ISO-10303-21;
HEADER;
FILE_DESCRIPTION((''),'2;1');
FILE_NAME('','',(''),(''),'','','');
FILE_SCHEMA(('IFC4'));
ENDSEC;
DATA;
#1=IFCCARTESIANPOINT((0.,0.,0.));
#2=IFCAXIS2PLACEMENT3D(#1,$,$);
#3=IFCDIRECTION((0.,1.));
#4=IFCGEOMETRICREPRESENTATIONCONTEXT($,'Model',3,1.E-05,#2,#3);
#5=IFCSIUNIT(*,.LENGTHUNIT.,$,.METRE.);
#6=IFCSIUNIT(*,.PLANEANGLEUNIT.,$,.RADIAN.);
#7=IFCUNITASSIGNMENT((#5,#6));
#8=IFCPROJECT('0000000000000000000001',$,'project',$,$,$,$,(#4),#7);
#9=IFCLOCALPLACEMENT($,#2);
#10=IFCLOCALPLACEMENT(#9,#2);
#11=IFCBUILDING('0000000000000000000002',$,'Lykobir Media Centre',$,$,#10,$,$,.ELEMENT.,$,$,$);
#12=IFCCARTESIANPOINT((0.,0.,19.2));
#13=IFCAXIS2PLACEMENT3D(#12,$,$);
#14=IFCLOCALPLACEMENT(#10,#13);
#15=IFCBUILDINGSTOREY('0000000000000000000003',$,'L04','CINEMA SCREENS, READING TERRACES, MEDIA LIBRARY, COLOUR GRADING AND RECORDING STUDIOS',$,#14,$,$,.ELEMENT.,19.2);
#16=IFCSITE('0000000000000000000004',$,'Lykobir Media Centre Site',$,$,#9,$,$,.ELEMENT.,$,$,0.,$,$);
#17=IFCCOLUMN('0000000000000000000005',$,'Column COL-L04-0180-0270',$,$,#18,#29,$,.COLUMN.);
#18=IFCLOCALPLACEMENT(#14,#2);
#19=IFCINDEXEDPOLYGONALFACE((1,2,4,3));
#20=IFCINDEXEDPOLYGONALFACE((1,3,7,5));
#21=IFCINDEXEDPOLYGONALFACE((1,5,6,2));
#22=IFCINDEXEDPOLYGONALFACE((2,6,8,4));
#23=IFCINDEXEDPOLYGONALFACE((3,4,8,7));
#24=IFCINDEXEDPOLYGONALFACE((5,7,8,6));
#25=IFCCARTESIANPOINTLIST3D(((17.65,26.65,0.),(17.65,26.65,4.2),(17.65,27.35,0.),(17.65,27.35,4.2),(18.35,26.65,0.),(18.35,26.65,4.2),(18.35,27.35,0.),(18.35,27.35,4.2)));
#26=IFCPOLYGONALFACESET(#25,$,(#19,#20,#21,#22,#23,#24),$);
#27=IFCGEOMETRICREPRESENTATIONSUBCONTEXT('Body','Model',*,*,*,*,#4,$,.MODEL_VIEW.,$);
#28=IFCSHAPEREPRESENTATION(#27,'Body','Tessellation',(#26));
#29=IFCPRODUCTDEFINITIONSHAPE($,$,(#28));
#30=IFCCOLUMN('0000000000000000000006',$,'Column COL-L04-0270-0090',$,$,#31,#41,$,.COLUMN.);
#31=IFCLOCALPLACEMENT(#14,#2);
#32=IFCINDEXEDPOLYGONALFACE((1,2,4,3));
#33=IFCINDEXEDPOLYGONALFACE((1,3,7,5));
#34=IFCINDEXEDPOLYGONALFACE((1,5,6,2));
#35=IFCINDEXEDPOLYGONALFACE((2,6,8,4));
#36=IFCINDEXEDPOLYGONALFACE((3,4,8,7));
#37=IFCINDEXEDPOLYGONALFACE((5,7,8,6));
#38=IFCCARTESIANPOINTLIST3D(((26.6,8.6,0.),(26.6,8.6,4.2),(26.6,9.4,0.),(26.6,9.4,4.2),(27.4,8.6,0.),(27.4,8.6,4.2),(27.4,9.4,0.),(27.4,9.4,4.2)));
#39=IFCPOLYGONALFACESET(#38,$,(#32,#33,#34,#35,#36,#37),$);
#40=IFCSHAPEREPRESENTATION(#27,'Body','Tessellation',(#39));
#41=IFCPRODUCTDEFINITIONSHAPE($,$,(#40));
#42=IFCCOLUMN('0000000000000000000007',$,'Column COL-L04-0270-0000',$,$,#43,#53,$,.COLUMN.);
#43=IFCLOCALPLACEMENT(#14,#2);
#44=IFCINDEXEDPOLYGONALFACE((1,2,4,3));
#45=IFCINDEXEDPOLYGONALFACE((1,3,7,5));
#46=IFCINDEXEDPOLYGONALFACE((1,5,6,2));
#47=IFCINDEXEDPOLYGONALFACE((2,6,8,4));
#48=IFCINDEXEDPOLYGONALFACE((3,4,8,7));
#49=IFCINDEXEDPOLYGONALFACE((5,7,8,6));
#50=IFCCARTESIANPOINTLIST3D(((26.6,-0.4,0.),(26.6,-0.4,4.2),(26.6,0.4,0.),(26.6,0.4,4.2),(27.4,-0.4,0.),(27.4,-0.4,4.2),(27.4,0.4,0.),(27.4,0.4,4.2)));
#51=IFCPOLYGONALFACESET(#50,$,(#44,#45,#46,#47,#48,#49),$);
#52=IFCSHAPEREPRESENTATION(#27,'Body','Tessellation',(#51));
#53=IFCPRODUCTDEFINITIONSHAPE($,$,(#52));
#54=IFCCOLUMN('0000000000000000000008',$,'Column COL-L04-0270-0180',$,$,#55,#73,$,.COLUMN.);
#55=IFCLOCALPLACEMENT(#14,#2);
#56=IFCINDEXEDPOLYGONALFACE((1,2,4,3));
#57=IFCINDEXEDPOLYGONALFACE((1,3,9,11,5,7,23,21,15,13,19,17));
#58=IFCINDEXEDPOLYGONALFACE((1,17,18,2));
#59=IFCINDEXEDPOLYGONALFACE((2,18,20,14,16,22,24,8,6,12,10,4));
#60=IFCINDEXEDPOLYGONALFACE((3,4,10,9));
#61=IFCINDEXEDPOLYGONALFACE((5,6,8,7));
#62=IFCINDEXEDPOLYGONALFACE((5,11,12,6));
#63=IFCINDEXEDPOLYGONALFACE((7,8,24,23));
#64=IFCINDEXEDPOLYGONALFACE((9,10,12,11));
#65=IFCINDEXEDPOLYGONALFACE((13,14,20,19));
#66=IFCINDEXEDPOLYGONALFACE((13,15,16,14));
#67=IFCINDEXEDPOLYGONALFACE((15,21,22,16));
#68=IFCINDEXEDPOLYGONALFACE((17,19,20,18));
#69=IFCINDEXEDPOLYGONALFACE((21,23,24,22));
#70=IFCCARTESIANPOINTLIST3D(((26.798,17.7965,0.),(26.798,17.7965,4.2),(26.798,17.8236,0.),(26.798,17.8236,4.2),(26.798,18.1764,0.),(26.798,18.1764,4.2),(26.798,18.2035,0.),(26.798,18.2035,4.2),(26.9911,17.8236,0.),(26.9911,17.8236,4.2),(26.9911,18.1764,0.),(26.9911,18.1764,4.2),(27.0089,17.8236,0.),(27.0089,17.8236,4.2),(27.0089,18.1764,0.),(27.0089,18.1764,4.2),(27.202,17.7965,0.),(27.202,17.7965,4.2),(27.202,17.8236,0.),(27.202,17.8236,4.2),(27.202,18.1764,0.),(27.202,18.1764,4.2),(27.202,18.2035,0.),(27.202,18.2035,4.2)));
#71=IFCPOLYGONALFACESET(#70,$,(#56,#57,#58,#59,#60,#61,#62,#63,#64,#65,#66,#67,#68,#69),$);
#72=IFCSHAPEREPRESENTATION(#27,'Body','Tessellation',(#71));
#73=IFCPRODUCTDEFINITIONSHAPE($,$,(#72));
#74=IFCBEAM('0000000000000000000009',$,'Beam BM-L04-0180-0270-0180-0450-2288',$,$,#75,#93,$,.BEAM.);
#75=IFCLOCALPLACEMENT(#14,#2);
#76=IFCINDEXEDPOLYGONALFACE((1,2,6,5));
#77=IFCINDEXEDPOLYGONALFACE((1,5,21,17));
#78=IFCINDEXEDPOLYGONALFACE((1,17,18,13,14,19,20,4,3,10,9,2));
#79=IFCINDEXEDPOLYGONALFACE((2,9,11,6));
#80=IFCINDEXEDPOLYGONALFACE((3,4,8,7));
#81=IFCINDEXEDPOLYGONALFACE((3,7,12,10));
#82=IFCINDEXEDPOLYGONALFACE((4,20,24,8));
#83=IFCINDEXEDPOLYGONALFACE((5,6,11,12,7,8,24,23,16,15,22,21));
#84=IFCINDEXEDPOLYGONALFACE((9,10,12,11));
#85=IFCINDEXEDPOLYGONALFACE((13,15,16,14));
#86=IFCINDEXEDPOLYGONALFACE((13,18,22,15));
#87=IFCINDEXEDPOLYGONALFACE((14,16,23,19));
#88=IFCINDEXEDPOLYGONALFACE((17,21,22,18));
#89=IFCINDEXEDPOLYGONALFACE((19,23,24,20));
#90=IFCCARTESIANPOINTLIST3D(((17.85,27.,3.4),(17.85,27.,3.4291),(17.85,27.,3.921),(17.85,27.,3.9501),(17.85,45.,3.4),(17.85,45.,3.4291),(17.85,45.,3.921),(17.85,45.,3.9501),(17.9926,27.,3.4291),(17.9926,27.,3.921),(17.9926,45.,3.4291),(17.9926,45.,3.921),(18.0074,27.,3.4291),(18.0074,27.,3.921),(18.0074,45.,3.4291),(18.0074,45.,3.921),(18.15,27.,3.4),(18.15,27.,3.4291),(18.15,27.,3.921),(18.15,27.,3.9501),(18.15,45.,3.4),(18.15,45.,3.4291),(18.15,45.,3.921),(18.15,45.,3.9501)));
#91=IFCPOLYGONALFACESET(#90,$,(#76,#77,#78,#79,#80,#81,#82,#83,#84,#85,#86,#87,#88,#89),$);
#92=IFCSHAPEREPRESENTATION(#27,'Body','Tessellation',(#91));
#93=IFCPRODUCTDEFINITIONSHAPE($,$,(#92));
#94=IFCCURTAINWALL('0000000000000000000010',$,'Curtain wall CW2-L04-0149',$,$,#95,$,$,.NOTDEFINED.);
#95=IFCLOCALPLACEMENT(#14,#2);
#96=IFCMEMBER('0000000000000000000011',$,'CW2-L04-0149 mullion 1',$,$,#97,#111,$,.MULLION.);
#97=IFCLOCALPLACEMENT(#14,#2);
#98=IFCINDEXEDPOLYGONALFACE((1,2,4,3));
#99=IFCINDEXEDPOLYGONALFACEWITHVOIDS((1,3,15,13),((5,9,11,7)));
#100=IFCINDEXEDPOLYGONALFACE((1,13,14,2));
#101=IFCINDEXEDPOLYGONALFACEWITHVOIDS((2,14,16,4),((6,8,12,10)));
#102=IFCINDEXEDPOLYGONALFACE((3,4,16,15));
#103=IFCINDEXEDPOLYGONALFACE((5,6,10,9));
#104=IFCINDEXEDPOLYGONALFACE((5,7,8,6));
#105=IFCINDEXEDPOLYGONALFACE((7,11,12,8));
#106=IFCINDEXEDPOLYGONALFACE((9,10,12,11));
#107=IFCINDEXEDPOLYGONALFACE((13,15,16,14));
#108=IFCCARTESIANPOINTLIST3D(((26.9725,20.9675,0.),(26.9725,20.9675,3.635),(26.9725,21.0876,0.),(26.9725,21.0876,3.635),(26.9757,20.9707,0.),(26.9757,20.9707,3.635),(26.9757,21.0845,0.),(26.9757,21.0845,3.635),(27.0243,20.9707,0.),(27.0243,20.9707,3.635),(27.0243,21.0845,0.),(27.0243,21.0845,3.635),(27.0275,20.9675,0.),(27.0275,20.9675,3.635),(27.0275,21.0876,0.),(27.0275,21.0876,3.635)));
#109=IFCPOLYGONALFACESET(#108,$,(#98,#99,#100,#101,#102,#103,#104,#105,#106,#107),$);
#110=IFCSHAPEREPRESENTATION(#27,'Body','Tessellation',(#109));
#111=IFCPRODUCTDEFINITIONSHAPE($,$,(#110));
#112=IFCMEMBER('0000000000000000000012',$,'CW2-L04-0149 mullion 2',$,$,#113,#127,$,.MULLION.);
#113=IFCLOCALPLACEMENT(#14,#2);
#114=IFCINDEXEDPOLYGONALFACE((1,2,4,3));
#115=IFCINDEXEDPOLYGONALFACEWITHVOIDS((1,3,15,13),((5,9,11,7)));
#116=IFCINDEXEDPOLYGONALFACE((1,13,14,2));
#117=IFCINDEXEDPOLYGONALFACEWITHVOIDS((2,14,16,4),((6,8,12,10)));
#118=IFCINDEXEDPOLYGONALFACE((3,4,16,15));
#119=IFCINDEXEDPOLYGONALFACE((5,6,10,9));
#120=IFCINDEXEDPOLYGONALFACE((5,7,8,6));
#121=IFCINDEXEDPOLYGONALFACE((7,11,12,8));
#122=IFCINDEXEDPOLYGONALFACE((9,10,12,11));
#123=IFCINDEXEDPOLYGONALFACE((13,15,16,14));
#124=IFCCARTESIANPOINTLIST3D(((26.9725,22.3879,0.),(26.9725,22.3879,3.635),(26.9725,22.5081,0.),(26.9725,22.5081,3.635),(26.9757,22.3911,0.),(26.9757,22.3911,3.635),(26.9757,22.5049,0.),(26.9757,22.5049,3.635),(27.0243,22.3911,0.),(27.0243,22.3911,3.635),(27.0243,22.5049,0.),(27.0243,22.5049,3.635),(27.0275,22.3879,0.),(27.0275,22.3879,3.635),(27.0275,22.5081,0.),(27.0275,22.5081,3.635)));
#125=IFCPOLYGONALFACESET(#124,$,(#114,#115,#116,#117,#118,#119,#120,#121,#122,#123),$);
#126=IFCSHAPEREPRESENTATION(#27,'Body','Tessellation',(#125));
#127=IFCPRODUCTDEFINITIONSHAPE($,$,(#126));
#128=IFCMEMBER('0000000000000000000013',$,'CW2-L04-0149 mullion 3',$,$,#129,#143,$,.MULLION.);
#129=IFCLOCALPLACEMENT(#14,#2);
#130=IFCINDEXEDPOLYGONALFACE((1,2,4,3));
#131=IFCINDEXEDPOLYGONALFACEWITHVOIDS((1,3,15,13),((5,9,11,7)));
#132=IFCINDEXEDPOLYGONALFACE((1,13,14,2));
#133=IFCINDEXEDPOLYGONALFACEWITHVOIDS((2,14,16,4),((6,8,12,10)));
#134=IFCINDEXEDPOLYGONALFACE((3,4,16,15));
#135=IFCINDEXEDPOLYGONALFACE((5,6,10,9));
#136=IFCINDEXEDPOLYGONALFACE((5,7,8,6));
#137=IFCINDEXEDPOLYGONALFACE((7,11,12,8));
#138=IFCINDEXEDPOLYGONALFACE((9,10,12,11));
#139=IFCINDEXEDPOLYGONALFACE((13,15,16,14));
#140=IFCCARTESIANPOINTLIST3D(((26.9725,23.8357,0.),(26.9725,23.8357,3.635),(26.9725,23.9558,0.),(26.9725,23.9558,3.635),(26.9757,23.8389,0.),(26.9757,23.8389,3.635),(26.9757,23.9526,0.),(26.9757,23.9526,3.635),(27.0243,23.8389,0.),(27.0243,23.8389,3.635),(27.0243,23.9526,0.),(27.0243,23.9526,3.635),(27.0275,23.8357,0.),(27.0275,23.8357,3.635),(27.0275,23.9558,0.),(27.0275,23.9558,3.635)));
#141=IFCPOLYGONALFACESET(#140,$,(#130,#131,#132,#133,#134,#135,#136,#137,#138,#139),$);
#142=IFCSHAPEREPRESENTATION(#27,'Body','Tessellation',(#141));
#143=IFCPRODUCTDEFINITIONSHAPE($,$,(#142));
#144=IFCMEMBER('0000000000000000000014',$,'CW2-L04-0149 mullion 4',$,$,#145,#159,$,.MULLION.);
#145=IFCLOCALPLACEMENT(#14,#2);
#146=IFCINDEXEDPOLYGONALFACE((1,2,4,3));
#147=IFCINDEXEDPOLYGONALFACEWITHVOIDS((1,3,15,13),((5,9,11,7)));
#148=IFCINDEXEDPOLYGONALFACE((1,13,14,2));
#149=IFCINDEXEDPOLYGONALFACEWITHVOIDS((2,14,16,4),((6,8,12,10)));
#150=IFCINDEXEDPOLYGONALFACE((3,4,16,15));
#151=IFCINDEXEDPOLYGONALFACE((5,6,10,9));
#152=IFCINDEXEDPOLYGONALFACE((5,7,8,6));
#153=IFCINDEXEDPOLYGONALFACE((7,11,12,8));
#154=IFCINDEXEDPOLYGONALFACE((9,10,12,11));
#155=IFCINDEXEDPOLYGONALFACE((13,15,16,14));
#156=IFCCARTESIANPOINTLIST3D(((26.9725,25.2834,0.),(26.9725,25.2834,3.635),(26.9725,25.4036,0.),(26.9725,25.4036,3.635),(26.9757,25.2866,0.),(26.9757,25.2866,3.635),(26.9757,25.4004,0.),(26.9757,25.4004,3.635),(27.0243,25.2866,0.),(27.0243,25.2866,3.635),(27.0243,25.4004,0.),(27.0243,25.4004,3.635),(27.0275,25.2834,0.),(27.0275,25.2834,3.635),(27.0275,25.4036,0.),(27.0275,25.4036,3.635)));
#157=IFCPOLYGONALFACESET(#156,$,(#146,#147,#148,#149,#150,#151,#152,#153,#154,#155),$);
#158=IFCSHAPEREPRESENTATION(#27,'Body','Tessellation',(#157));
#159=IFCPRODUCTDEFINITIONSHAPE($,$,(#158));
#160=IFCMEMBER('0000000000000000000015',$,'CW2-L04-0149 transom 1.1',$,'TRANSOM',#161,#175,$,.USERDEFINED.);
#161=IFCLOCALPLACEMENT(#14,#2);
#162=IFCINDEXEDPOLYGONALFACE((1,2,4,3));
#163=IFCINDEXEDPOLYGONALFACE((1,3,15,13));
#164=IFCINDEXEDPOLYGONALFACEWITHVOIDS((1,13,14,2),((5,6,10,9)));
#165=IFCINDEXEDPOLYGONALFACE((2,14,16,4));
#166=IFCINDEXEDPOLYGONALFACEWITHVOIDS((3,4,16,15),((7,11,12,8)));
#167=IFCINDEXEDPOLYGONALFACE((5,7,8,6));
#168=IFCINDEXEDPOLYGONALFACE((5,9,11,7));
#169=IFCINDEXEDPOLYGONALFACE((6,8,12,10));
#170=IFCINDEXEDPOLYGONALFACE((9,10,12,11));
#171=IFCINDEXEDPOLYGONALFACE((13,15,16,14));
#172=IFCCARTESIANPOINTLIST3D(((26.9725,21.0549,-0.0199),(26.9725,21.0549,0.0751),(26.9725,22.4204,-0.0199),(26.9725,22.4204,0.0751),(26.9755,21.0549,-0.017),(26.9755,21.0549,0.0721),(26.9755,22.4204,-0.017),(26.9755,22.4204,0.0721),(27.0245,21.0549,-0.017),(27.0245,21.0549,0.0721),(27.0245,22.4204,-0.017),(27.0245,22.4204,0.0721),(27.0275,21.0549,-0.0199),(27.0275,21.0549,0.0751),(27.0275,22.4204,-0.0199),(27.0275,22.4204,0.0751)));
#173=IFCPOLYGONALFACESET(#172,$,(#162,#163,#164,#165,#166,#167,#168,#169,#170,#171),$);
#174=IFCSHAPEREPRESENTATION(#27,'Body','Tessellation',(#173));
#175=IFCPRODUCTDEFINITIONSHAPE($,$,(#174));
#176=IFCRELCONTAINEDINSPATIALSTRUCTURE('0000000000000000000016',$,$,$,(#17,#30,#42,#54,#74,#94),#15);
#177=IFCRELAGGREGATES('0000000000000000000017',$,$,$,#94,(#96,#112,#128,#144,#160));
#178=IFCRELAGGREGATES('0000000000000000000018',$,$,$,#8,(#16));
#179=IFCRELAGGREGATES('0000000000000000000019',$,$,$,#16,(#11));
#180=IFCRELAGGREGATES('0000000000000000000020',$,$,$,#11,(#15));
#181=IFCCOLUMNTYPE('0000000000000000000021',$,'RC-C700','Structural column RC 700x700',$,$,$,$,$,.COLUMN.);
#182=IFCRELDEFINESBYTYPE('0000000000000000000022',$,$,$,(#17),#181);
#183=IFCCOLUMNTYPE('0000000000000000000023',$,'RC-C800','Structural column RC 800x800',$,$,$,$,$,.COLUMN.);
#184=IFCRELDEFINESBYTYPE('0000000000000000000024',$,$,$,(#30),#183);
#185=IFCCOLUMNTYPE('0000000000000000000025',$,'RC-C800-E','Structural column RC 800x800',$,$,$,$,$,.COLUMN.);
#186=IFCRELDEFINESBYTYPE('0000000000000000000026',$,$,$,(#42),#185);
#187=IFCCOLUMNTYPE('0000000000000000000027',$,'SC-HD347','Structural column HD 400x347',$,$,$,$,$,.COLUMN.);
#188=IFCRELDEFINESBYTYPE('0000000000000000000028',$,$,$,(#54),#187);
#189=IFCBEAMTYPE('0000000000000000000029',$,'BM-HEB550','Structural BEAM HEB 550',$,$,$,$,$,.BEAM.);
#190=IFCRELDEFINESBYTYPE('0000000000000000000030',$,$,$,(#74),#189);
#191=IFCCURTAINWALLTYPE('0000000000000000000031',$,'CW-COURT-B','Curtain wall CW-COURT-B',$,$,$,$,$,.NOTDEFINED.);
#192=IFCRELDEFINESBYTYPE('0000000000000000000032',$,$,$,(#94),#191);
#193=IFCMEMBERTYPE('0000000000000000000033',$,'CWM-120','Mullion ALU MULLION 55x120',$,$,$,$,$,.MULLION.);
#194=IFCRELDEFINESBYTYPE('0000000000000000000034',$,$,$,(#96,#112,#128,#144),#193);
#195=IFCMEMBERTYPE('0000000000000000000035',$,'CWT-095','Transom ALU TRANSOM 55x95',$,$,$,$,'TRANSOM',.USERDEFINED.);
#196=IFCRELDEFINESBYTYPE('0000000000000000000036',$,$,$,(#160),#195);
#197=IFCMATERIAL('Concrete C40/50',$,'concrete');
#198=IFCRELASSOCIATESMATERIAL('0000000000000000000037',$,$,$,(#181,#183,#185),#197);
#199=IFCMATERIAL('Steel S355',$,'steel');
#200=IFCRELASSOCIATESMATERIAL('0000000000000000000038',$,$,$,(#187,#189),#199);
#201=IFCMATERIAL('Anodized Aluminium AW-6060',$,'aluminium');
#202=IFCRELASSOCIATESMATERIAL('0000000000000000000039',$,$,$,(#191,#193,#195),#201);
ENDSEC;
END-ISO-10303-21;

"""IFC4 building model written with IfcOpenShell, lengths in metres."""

from ifc_helpers import new_model, si_unit, direction, frame, origin, origin_2d, place, context, subcontext, project, spatial, rectangle, hollow_rectangle, i_section, extrude, material, material_profile, profile_set, type_object, element, aggregate, save


model = new_model("IFC4")

# Units and contexts
model_context = context("Model", 3, precision=1e-05, world=origin(), true_north=direction((0.0, 1.0)))
body_context = subcontext(model_context, "Body", "Model", "MODEL_VIEW")
ifc_project = project(units=[si_unit("LENGTHUNIT", "METRE"), si_unit("PLANEANGLEUNIT", "RADIAN")], contexts=[model_context])

# Site, building, storey
site_placement = place(None, origin())
site = spatial("IfcSite", under=ifc_project, at=site_placement, Name="Lykobir Media Centre Site", CompositionType="ELEMENT", RefElevation=0.0)
building_placement = place(site_placement, origin())
building = spatial("IfcBuilding", under=site, at=building_placement, Name="Lykobir Media Centre", CompositionType="ELEMENT")
storey_placement = place(building_placement, frame((0.0, 0.0, 19.2)))
storey = spatial("IfcBuildingStorey", under=building, at=storey_placement, Name="L04", Description="CINEMA SCREENS, READING TERRACES, MEDIA LIBRARY, COLOUR GRADING AND RECORDING STUDIOS", CompositionType="ELEMENT", Elevation=19.2)

# Columns
ifc_material_1 = material(Name="Concrete C40/50", Category="concrete")
ifc_material_profile_1 = material_profile(ifc_material_1, rectangle(XDim=0.7, YDim=0.7, at=origin_2d()), Name="RC 700x700")
ifc_profile_set_1 = profile_set([ifc_material_profile_1], Name="Concrete C40/50")
column_type_1 = type_object("IfcColumnType", Name="RC-C700", Description="Structural column RC 700x700", PredefinedType="COLUMN", material=ifc_profile_set_1)
column_1_placement = place(storey_placement, frame((18.0, 27.0, 0.0), z_axis=(0.0, 0.0, 1.0), x_axis=(1.0, 0.0, 0.0)))
element("IfcColumn", 1, at=column_1_placement, inside=storey, type_object=column_type_1, Name="Column COL-L04-0180-0270", PredefinedType="COLUMN", context=body_context, shape_type="SweptSolid", body=[
    extrude(rectangle(XDim=0.7, YDim=0.7, at=origin_2d()), origin(), (0.0, 0.0, 1.0), 4.2),
])
ifc_material_profile_2 = material_profile(ifc_material_1, rectangle(XDim=0.8, YDim=0.8, at=origin_2d()), Name="RC 800x800")
ifc_profile_set_2 = profile_set([ifc_material_profile_2], Name="Concrete C40/50")
column_type_2 = type_object("IfcColumnType", Name="RC-C800", Description="Structural column RC 800x800", PredefinedType="COLUMN", material=ifc_profile_set_2)
column_2_placement = place(storey_placement, frame((27.0, 9.0, 0.0), z_axis=(0.0, 0.0, 1.0), x_axis=(1.0, 0.0, 0.0)))
element("IfcColumn", 2, at=column_2_placement, inside=storey, type_object=column_type_2, Name="Column COL-L04-0270-0090", PredefinedType="COLUMN", context=body_context, shape_type="SweptSolid", body=[
    extrude(rectangle(XDim=0.8, YDim=0.8, at=origin_2d()), origin(), (0.0, 0.0, 1.0), 4.2),
])
ifc_material_profile_3 = material_profile(ifc_material_1, rectangle(XDim=0.8, YDim=0.8, at=origin_2d()), Name="RC 800x800")
ifc_profile_set_3 = profile_set([ifc_material_profile_3], Name="Concrete C40/50")
column_type_3 = type_object("IfcColumnType", Name="RC-C800-E", Description="Structural column RC 800x800", PredefinedType="COLUMN", material=ifc_profile_set_3)
column_3_placement = place(storey_placement, frame((27.0, 0.0, 0.0), z_axis=(0.0, 0.0, 1.0), x_axis=(1.0, 0.0, 0.0)))
element("IfcColumn", 3, at=column_3_placement, inside=storey, type_object=column_type_3, Name="Column COL-L04-0270-0000", PredefinedType="COLUMN", context=body_context, shape_type="SweptSolid", body=[
    extrude(rectangle(XDim=0.8, YDim=0.8, at=origin_2d()), origin(), (0.0, 0.0, 1.0), 4.2),
])
ifc_material_2 = material(Name="Steel S355", Category="steel")
ifc_material_profile_4 = material_profile(ifc_material_2, i_section(OverallWidth=0.4041, OverallDepth=0.407, WebThickness=0.0178, FlangeThickness=0.0271, at=origin_2d()), Name="HD 400x347")
ifc_profile_set_4 = profile_set([ifc_material_profile_4], Name="Steel S355")
column_type_4 = type_object("IfcColumnType", Name="SC-HD347", Description="Structural column HD 400x347", PredefinedType="COLUMN", material=ifc_profile_set_4)
column_4_placement = place(storey_placement, frame((27.0, 18.0, 0.0), z_axis=(0.0, 0.0, 1.0), x_axis=(1.0, 0.0, 0.0)))
element("IfcColumn", 4, at=column_4_placement, inside=storey, type_object=column_type_4, Name="Column COL-L04-0270-0180", PredefinedType="COLUMN", context=body_context, shape_type="SweptSolid", body=[
    extrude(i_section(OverallWidth=0.4041, OverallDepth=0.407, WebThickness=0.0178, FlangeThickness=0.0271, at=origin_2d()), origin(), (0.0, 0.0, 1.0), 4.2),
])

# Beam
ifc_material_profile_5 = material_profile(ifc_material_2, i_section(OverallWidth=0.3, OverallDepth=0.55, WebThickness=0.0149, FlangeThickness=0.0291, at=origin_2d()), Name="HEB 550")
ifc_profile_set_5 = profile_set([ifc_material_profile_5], Name="Steel S355")
beam_type_1 = type_object("IfcBeamType", Name="BM-HEB550", Description="Structural BEAM HEB 550", PredefinedType="BEAM", material=ifc_profile_set_5)
beam_1_placement = place(storey_placement, frame((18.0, 27.0, 3.675), z_axis=(0.0, 1.0, 0.0), x_axis=(-1.0, 0.0, 0.0)))
element("IfcBeam", 5, at=beam_1_placement, inside=storey, type_object=beam_type_1, Name="Beam BM-L04-0180-0270-0180-0450-2288", PredefinedType="BEAM", context=body_context, shape_type="SweptSolid", body=[
    extrude(i_section(OverallWidth=0.3, OverallDepth=0.55, WebThickness=0.0149, FlangeThickness=0.0291, at=origin_2d()), origin(), (0.0, 0.0, 1.0), 18.0),
])

# Curtain wall, members
ifc_material_3 = material(Name="Anodized Aluminium AW-6060", Category="aluminium")
curtain_wall_type = type_object("IfcCurtainWallType", Name="CW-COURT-B", Description="Curtain wall CW-COURT-B", PredefinedType="NOTDEFINED", material=ifc_material_3)
curtain_wall_placement = place(storey_placement, origin())
curtain_wall = element("IfcCurtainWall", 6, at=curtain_wall_placement, inside=storey, type_object=curtain_wall_type, Name="Curtain wall CW2-L04-0149", PredefinedType="NOTDEFINED")
ifc_material_profile_6 = material_profile(ifc_material_3, hollow_rectangle(XDim=0.0549, YDim=0.1201, WallThickness=0.0032, at=origin_2d()), Name="ALU MULLION 55x120")
ifc_profile_set_6 = profile_set([ifc_material_profile_6], Name="Anodized Aluminium AW-6060")
member_type_1 = type_object("IfcMemberType", Name="CWM-120", Description="Mullion ALU MULLION 55x120", PredefinedType="MULLION", material=ifc_profile_set_6)
member_1_placement = place(storey_placement, frame((27.0, 21.0276, 0.0), z_axis=(0.0, 0.0, 1.0), x_axis=(-1.0, 0.0, 0.0)))
member_1 = element("IfcMember", 7, at=member_1_placement, type_object=member_type_1, Name="CW2-L04-0149 mullion 1", PredefinedType="MULLION", context=body_context, shape_type="SweptSolid", body=[
    extrude(hollow_rectangle(XDim=0.0549, YDim=0.1201, WallThickness=0.0032, at=origin_2d()), origin(), (0.0, 0.0, 1.0), 3.635),
])
member_2_placement = place(storey_placement, frame((27.0, 22.448, 0.0), z_axis=(0.0, 0.0, 1.0), x_axis=(-1.0, 0.0, 0.0)))
member_2 = element("IfcMember", 8, at=member_2_placement, type_object=member_type_1, Name="CW2-L04-0149 mullion 2", PredefinedType="MULLION", context=body_context, shape_type="SweptSolid", body=[
    extrude(hollow_rectangle(XDim=0.0549, YDim=0.1201, WallThickness=0.0032, at=origin_2d()), origin(), (0.0, 0.0, 1.0), 3.635),
])
member_3_placement = place(storey_placement, frame((27.0, 23.8958, 0.0), z_axis=(0.0, 0.0, 1.0), x_axis=(-1.0, 0.0, 0.0)))
member_3 = element("IfcMember", 9, at=member_3_placement, type_object=member_type_1, Name="CW2-L04-0149 mullion 3", PredefinedType="MULLION", context=body_context, shape_type="SweptSolid", body=[
    extrude(hollow_rectangle(XDim=0.0549, YDim=0.1201, WallThickness=0.0032, at=origin_2d()), origin(), (0.0, 0.0, 1.0), 3.635),
])
member_4_placement = place(storey_placement, frame((27.0, 25.3435, 0.0), z_axis=(0.0, 0.0, 1.0), x_axis=(-1.0, 0.0, 0.0)))
member_4 = element("IfcMember", 10, at=member_4_placement, type_object=member_type_1, Name="CW2-L04-0149 mullion 4", PredefinedType="MULLION", context=body_context, shape_type="SweptSolid", body=[
    extrude(hollow_rectangle(XDim=0.0549, YDim=0.1201, WallThickness=0.0032, at=origin_2d()), origin(), (0.0, 0.0, 1.0), 3.635),
])
ifc_material_profile_7 = material_profile(ifc_material_3, hollow_rectangle(XDim=0.0549, YDim=0.095, WallThickness=0.0029, at=origin_2d()), Name="ALU TRANSOM 55x95")
ifc_profile_set_7 = profile_set([ifc_material_profile_7], Name="Anodized Aluminium AW-6060")
member_type_2 = type_object("IfcMemberType", Name="CWT-095", Description="Transom ALU TRANSOM 55x95", ElementType="TRANSOM", PredefinedType="USERDEFINED", material=ifc_profile_set_7)
member_5_placement = place(storey_placement, frame((27.0, 21.0549, 0.0276), z_axis=(0.0, 1.0, 0.0), x_axis=(-1.0, 0.0, 0.0)))
member_5 = element("IfcMember", 11, at=member_5_placement, type_object=member_type_2, Name="CW2-L04-0149 transom 1.1", ObjectType="TRANSOM", PredefinedType="USERDEFINED", context=body_context, shape_type="SweptSolid", body=[
    extrude(hollow_rectangle(XDim=0.0549, YDim=0.095, WallThickness=0.0029, at=origin_2d()), origin(), (0.0, 0.0, 1.0), 1.3655),
])

aggregate(curtain_wall, [member_1, member_2, member_3, member_4, member_5])

save(model, "model.ifc")
